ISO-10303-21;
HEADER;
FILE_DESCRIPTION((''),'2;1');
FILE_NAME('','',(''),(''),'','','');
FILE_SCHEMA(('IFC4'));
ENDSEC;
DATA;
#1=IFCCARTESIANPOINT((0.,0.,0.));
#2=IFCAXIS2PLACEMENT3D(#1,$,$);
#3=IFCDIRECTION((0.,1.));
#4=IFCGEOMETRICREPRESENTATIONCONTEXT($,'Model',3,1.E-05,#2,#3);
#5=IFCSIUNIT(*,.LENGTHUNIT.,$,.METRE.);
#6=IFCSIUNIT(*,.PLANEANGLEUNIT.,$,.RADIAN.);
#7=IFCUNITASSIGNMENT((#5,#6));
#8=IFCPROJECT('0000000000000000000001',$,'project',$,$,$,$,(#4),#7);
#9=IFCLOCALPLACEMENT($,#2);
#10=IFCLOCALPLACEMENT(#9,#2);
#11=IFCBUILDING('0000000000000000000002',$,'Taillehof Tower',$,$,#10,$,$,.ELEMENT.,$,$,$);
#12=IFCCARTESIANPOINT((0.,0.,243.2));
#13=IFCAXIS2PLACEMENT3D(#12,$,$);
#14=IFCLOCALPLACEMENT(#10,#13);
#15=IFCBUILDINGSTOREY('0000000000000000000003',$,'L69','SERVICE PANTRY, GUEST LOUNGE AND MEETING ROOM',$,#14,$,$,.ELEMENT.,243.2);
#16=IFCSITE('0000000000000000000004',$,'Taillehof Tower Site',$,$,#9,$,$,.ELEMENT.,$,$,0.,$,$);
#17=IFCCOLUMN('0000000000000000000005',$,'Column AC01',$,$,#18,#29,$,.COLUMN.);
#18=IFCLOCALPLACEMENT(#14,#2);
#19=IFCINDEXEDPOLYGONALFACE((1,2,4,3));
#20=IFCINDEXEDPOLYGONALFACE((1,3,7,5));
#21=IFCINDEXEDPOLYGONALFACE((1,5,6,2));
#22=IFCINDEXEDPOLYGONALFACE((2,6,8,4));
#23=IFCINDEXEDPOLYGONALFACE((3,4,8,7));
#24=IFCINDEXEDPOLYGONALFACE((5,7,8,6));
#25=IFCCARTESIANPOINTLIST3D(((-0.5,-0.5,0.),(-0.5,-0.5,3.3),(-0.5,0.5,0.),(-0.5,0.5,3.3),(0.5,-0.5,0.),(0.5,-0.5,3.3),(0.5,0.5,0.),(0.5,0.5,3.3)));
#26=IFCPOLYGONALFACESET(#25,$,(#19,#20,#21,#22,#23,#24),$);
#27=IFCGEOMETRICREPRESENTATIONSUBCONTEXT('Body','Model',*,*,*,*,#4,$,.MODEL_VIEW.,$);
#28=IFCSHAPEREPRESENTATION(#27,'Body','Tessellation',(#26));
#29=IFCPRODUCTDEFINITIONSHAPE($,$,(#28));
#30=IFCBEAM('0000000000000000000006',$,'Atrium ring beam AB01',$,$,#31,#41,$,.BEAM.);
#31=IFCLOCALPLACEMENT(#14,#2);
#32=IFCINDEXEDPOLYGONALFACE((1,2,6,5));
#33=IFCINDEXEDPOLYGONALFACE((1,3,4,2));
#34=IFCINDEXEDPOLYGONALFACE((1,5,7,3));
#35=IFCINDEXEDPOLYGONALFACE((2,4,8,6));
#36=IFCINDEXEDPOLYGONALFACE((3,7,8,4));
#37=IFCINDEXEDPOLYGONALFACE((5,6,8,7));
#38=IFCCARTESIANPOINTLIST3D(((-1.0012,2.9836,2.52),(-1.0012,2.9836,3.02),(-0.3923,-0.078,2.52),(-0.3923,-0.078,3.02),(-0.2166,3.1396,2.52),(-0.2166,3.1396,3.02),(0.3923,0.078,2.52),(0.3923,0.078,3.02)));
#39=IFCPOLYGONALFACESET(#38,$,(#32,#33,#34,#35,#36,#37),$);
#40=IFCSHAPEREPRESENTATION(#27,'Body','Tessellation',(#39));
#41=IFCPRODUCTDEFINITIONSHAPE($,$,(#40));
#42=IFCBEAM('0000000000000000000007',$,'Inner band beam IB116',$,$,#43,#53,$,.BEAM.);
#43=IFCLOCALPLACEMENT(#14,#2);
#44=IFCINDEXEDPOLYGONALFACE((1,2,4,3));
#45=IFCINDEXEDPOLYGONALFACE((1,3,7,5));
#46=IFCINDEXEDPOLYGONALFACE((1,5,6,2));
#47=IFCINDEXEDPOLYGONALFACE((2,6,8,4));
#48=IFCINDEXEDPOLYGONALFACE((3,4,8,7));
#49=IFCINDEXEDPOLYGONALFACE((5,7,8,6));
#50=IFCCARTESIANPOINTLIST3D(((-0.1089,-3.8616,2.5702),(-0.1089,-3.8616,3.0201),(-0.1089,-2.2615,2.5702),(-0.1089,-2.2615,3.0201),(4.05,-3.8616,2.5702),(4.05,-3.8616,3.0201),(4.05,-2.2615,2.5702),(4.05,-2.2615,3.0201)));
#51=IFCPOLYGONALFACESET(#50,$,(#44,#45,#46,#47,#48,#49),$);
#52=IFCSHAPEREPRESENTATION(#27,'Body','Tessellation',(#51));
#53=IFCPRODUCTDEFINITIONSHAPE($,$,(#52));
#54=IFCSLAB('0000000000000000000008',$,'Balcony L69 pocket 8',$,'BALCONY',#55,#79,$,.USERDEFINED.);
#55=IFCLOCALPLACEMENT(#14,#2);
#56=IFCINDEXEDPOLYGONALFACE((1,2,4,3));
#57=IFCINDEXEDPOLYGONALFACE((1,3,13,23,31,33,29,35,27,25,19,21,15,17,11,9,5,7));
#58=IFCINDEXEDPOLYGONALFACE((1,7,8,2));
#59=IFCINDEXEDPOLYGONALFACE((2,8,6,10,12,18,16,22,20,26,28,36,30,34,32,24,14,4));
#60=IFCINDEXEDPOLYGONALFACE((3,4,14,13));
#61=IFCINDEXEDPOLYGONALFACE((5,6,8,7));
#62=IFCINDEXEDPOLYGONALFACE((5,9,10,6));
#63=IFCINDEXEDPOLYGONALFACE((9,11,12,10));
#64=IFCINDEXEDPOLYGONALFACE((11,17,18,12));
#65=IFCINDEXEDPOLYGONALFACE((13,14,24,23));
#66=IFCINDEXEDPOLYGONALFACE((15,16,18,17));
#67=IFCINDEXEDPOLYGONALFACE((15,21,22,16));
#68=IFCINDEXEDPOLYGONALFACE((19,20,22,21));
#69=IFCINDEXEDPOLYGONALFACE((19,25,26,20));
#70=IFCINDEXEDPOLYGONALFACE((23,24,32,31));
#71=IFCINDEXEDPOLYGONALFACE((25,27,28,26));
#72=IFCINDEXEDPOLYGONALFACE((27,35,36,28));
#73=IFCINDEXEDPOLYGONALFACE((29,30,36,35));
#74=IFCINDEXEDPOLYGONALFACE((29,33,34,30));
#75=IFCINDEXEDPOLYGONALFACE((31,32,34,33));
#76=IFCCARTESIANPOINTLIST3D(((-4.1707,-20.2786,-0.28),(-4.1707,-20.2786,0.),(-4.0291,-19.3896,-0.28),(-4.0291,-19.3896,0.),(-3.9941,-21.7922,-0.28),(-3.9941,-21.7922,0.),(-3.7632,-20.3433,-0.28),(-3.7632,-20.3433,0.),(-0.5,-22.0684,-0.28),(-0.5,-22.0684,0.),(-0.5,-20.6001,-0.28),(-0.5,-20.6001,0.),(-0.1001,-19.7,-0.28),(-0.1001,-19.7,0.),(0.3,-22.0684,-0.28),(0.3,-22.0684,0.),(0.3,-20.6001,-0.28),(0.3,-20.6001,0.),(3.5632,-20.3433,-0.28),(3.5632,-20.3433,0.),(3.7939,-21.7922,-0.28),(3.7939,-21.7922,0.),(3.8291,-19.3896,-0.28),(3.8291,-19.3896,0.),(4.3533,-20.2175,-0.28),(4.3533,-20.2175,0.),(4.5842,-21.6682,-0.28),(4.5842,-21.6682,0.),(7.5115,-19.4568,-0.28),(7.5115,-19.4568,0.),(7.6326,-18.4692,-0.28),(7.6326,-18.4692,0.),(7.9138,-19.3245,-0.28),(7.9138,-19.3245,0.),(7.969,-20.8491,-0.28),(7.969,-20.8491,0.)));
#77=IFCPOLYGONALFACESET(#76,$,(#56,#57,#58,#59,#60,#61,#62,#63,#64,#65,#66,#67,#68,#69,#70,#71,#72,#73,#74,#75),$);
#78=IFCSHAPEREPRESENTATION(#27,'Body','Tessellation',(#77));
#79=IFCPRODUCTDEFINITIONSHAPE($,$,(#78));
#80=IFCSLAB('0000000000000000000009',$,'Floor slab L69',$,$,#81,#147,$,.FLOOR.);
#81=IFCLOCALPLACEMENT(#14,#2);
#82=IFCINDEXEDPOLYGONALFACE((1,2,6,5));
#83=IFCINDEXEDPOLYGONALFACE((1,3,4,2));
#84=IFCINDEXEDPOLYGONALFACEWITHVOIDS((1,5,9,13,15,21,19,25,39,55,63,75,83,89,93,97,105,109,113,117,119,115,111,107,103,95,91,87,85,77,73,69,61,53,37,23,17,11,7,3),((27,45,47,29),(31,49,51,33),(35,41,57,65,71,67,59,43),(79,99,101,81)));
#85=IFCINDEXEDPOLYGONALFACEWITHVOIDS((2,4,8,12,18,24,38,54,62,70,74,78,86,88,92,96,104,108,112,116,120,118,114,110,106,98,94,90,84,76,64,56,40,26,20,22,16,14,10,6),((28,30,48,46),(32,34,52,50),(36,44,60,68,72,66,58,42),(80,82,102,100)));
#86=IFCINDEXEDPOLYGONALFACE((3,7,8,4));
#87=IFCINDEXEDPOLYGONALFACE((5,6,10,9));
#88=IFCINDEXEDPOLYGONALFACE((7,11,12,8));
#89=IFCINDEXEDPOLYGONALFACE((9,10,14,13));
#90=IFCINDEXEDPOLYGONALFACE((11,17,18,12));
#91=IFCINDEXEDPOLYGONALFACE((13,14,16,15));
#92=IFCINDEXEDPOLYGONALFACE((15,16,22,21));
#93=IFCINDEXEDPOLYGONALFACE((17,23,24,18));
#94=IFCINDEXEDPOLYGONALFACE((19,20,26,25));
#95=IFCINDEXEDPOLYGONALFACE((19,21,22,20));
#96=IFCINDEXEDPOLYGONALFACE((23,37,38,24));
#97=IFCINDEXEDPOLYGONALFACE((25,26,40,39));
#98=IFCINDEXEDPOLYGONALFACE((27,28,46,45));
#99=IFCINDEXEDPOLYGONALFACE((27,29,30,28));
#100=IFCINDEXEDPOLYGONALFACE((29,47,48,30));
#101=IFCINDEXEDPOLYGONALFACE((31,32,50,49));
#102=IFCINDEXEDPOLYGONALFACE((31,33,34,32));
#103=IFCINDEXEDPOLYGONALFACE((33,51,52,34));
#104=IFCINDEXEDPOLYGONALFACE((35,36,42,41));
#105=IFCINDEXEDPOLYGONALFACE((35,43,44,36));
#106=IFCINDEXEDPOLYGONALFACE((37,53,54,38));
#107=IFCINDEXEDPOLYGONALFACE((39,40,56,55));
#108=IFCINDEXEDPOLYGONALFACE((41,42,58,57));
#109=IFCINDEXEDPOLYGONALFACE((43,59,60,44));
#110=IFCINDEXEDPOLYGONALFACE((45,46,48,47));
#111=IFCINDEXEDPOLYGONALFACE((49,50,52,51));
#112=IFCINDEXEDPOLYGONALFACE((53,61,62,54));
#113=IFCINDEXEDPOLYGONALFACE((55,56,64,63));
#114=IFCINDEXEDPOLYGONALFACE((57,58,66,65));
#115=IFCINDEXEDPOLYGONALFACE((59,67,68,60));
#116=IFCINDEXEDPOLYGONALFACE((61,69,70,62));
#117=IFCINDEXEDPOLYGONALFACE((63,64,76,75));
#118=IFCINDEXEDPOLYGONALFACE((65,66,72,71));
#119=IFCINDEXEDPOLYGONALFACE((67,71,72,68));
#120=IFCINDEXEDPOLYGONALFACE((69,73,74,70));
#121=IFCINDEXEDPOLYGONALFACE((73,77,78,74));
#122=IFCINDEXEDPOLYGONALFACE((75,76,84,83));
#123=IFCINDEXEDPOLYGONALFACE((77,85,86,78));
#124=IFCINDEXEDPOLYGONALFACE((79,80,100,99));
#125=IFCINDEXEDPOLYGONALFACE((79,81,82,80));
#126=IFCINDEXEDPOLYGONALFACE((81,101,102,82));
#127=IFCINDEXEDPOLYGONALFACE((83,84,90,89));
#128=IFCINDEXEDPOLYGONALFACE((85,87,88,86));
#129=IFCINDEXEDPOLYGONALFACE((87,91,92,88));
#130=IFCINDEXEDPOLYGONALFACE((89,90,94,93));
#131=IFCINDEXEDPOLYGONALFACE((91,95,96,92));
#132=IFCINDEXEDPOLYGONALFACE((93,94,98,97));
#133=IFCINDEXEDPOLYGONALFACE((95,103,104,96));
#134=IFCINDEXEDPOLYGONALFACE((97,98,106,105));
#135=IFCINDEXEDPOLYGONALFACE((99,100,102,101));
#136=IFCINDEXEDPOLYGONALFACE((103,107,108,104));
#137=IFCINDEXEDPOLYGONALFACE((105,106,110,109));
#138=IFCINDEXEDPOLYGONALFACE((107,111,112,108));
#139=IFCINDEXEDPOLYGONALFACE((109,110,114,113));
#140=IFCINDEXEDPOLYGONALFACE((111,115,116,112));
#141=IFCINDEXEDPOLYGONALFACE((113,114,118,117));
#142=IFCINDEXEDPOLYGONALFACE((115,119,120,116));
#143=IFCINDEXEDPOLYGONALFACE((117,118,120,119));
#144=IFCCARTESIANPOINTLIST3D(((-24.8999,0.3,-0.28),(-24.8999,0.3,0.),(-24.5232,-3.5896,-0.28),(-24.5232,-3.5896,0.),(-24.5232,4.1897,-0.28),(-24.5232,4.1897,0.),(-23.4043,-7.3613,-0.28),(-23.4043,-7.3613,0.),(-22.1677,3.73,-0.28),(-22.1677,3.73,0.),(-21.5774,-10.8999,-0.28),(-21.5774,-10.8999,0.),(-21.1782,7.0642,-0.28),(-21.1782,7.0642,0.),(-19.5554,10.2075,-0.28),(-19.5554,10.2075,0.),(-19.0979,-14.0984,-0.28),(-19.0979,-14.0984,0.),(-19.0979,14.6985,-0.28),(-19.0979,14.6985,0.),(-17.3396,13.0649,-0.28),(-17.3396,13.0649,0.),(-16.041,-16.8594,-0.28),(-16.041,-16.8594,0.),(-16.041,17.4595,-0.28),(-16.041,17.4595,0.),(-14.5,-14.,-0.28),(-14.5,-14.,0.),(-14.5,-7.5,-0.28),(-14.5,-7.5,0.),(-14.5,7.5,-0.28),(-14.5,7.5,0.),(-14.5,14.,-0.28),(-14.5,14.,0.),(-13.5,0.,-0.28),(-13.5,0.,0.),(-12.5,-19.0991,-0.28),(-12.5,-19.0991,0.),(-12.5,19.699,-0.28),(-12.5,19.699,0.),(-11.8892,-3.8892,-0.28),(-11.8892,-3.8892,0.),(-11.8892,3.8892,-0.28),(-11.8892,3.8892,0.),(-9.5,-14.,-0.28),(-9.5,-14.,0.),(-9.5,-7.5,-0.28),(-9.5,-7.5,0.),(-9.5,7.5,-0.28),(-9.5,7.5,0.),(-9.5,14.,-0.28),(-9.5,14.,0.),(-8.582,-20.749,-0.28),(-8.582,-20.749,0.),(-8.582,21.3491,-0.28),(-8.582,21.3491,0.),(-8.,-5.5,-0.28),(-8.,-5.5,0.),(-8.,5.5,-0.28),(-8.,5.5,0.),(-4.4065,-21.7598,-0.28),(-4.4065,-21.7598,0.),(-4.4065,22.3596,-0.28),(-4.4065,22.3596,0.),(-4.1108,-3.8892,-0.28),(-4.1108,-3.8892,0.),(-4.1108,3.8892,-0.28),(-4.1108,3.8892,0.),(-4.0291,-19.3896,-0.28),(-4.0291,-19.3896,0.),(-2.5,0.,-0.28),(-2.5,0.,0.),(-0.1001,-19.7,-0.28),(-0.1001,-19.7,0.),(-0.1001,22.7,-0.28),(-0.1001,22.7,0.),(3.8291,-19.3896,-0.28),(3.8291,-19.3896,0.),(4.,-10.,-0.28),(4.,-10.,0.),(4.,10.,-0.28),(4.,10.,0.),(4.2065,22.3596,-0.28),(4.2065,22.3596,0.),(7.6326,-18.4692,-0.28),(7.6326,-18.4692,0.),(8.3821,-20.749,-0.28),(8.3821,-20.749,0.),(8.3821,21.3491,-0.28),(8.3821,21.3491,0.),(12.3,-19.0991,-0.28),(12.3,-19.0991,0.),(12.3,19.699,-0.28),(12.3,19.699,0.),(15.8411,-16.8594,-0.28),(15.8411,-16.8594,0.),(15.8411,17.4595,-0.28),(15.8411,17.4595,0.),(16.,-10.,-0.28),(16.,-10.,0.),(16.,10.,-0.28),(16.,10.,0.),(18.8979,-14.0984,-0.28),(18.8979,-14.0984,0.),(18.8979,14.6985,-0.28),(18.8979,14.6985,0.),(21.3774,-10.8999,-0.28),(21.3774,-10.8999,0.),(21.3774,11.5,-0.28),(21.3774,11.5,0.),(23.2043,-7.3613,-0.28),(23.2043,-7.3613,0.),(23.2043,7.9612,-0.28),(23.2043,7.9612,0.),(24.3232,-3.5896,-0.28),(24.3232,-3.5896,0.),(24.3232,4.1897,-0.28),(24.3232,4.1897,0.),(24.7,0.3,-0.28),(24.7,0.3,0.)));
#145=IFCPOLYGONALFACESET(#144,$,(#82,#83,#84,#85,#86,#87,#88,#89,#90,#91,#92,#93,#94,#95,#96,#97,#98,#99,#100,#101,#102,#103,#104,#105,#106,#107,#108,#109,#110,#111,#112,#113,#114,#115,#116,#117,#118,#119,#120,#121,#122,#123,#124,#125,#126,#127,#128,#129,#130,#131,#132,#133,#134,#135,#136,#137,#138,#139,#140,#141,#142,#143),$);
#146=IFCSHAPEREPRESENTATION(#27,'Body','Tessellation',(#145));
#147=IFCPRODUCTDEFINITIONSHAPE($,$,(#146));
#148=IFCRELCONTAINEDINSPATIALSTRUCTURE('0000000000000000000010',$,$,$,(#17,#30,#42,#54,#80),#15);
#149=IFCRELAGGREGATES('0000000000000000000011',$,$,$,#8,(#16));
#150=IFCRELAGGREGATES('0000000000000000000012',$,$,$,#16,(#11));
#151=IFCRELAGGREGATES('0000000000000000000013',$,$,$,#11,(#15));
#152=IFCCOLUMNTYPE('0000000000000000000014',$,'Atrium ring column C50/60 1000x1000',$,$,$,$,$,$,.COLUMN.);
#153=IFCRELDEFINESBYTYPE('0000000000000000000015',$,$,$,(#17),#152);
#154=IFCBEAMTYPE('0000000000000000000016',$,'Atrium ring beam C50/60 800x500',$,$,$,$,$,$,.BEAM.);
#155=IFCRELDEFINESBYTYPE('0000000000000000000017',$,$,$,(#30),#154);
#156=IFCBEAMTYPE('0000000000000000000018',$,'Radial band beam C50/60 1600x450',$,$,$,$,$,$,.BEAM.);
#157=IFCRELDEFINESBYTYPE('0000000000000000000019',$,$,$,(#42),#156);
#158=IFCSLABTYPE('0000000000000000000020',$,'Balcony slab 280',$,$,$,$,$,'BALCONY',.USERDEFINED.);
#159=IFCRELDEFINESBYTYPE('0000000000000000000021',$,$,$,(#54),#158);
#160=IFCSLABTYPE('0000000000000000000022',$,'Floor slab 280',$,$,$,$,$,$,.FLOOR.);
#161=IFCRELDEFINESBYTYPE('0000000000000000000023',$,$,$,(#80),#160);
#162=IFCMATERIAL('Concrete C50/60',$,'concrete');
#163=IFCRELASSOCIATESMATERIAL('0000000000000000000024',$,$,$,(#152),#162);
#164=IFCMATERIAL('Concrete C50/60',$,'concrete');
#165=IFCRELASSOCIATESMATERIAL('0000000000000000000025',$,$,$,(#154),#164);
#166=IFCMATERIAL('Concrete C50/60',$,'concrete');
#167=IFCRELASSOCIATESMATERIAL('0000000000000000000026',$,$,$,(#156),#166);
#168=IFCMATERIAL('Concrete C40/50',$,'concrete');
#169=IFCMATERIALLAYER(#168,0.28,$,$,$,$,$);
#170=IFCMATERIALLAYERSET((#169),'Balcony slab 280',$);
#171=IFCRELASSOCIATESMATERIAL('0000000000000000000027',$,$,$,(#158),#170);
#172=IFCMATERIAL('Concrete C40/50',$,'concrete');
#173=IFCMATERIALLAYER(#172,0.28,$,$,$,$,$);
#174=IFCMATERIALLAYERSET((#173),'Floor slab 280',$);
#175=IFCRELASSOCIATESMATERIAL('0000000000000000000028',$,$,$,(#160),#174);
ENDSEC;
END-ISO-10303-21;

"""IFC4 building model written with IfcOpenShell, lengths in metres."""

from ifc_helpers import new_model, si_unit, direction, frame, origin, origin_with_axes, origin_2d, place, context, subcontext, project, spatial, polyline, rectangle, outline, extrude, material, layer, layer_set, material_profile, profile_set, type_object, element, save


model = new_model("IFC4")

# Units and contexts
model_context = context("Model", 3, precision=1e-05, world=origin(), true_north=direction((0.0, 1.0)))
body_context = subcontext(model_context, "Body", "Model", "MODEL_VIEW")
ifc_project = project(units=[si_unit("LENGTHUNIT", "METRE"), si_unit("PLANEANGLEUNIT", "RADIAN")], contexts=[model_context])

# Site, building, storey
site_placement = place(None, origin())
site = spatial("IfcSite", under=ifc_project, at=site_placement, Name="Taillehof Tower Site", CompositionType="ELEMENT", RefElevation=0.0)
building_placement = place(site_placement, origin())
building = spatial("IfcBuilding", under=site, at=building_placement, Name="Taillehof Tower", CompositionType="ELEMENT")
storey_placement = place(building_placement, frame((0.0, 0.0, 243.2)))
storey = spatial("IfcBuildingStorey", under=building, at=storey_placement, Name="L69", Description="SERVICE PANTRY, GUEST LOUNGE AND MEETING ROOM", CompositionType="ELEMENT", Elevation=243.2)

# Column
ifc_material_1 = material(Name="Concrete C50/60", Category="concrete")
ifc_material_profile_1 = material_profile(ifc_material_1, rectangle(XDim=1.0, YDim=1.0, at=origin_2d()), Name="RC 1000x1000")
ifc_profile_set_1 = profile_set([ifc_material_profile_1], Name="Concrete C50/60")
column_type = type_object("IfcColumnType", Name="Atrium ring column C50/60 1000x1000", PredefinedType="COLUMN", material=ifc_profile_set_1)
column_placement = place(storey_placement, origin_with_axes())
element("IfcColumn", 1, at=column_placement, inside=storey, type_object=column_type, Name="Column AC01", PredefinedType="COLUMN", context=body_context, shape_type="SweptSolid", body=[
    extrude(rectangle(XDim=1.0, YDim=1.0, at=origin_2d()), origin(), (0.0, 0.0, 1.0), 3.3),
])

# Beams
ifc_material_2 = material(Name="Concrete C50/60", Category="concrete")
ifc_material_profile_2 = material_profile(ifc_material_2, rectangle(XDim=0.8, YDim=0.5, at=origin_2d()), Name="RC 800x500")
ifc_profile_set_2 = profile_set([ifc_material_profile_2], Name="Concrete C50/60")
beam_type_1 = type_object("IfcBeamType", Name="Atrium ring beam C50/60 800x500", PredefinedType="BEAM", material=ifc_profile_set_2)
beam_1_placement = place(storey_placement, frame((0.0, 0.0, 2.77), z_axis=(-0.195063, 0.980791, 0.0), x_axis=(-0.980791, -0.195063, 0.0)))
element("IfcBeam", 2, at=beam_1_placement, inside=storey, type_object=beam_type_1, Name="Atrium ring beam AB01", PredefinedType="BEAM", context=body_context, shape_type="SweptSolid", body=[
    extrude(rectangle(XDim=0.8, YDim=0.5, at=origin_2d()), origin(), (0.0, 0.0, 1.0), 3.1216),
])
ifc_material_3 = material(Name="Concrete C50/60", Category="concrete")
ifc_material_profile_3 = material_profile(ifc_material_3, rectangle(XDim=1.6001, YDim=0.45, at=origin_2d()), Name="RC 1600x450")
ifc_profile_set_3 = profile_set([ifc_material_profile_3], Name="Concrete C50/60")
beam_type_2 = type_object("IfcBeamType", Name="Radial band beam C50/60 1600x450", PredefinedType="BEAM", material=ifc_profile_set_3)
beam_2_placement = place(storey_placement, frame((-0.1089, -3.0615, 2.7952), z_axis=(1.0, 0.0, 0.0), x_axis=(0.0, 1.0, 0.0)))
element("IfcBeam", 3, at=beam_2_placement, inside=storey, type_object=beam_type_2, Name="Inner band beam IB116", PredefinedType="BEAM", context=body_context, shape_type="SweptSolid", body=[
    extrude(rectangle(XDim=1.6001, YDim=0.45, at=origin_2d()), origin(), (0.0, 0.0, 1.0), 4.1589),
])

# Slabs
ifc_material_4 = material(Name="Concrete C40/50", Category="concrete")
ifc_layer_1 = layer(ifc_material_4, 0.28)
ifc_layer_set_1 = layer_set([ifc_layer_1], Name="Balcony slab 280")
slab_type_1 = type_object("IfcSlabType", Name="Balcony slab 280", ElementType="BALCONY", PredefinedType="USERDEFINED", material=ifc_layer_set_1)
slab_1_placement = place(storey_placement, frame((0.0, 0.0, -0.28)))
element("IfcSlab", 4, at=slab_1_placement, inside=storey, type_object=slab_type_1, Name="Balcony L69 pocket 8", ObjectType="BALCONY", PredefinedType="USERDEFINED", context=body_context, shape_type="SweptSolid", body=[
    extrude(outline(polyline([(7.6326, -18.4692), (7.9138, -19.3245), (7.5115, -19.4568), (7.969, -20.8491), (4.5842, -21.6682), (4.3533, -20.2175), (3.5632, -20.3433), (3.7939, -21.7922), (0.3, -22.0684), (0.3, -20.6001), (-0.5, -20.6001), (-0.5, -22.0684), (-3.9941, -21.7922), (-3.7632, -20.3433), (-4.1707, -20.2786), (-4.0291, -19.3896), (-0.1001, -19.7), (3.8291, -19.3896), (7.6326, -18.4692)])), origin(), (0.0, 0.0, 1.0), 0.28),
])
ifc_material_5 = material(Name="Concrete C40/50", Category="concrete")
ifc_layer_2 = layer(ifc_material_5, 0.28)
ifc_layer_set_2 = layer_set([ifc_layer_2], Name="Floor slab 280")
slab_type_2 = type_object("IfcSlabType", Name="Floor slab 280", PredefinedType="FLOOR", material=ifc_layer_set_2)
slab_2_placement = place(storey_placement, frame((0.0, 0.0, -0.28)))
element("IfcSlab", 5, at=slab_2_placement, inside=storey, type_object=slab_type_2, Name="Floor slab L69", PredefinedType="FLOOR", context=body_context, shape_type="SweptSolid", body=[
    extrude(outline(polyline([(24.7, 0.3), (24.3232, 4.1897), (23.2043, 7.9612), (21.3774, 11.5), (18.8979, 14.6985), (15.8411, 17.4595), (12.3, 19.699), (8.3821, 21.3491), (4.2065, 22.3596), (-0.1001, 22.7), (-4.4065, 22.3596), (-8.582, 21.3491), (-12.5, 19.699), (-16.041, 17.4595), (-19.0979, 14.6985), (-17.3396, 13.0649), (-19.5554, 10.2075), (-21.1782, 7.0642), (-22.1677, 3.73), (-24.5232, 4.1897), (-24.8999, 0.3), (-24.5232, -3.5896), (-23.4043, -7.3613), (-21.5774, -10.8999), (-19.0979, -14.0984), (-16.041, -16.8594), (-12.5, -19.0991), (-8.582, -20.749), (-4.4065, -21.7598), (-4.0291, -19.3896), (-0.1001, -19.7), (3.8291, -19.3896), (7.6326, -18.4692), (8.3821, -20.749), (12.3, -19.0991), (15.8411, -16.8594), (18.8979, -14.0984), (21.3774, -10.8999), (23.2043, -7.3613), (24.3232, -3.5896), (24.7, 0.3)]), holes=[polyline([(-14.5, -7.5), (-9.5, -7.5), (-9.5, -14.0), (-14.5, -14.0), (-14.5, -7.5)]), polyline([(-8.0, -5.5), (-11.8892, -3.8892), (-13.5, 0.0), (-11.8892, 3.8892), (-8.0, 5.5), (-4.1108, 3.8892), (-2.5, 0.0), (-4.1108, -3.8892), (-8.0, -5.5)]), polyline([(16.0, 10.0), (16.0, -10.0), (4.0, -10.0), (4.0, 10.0), (16.0, 10.0)]), polyline([(-14.5, 14.0), (-9.5, 14.0), (-9.5, 7.5), (-14.5, 7.5), (-14.5, 14.0)])]), origin(), (0.0, 0.0, 1.0), 0.28),
])

save(model, "model.ifc")
